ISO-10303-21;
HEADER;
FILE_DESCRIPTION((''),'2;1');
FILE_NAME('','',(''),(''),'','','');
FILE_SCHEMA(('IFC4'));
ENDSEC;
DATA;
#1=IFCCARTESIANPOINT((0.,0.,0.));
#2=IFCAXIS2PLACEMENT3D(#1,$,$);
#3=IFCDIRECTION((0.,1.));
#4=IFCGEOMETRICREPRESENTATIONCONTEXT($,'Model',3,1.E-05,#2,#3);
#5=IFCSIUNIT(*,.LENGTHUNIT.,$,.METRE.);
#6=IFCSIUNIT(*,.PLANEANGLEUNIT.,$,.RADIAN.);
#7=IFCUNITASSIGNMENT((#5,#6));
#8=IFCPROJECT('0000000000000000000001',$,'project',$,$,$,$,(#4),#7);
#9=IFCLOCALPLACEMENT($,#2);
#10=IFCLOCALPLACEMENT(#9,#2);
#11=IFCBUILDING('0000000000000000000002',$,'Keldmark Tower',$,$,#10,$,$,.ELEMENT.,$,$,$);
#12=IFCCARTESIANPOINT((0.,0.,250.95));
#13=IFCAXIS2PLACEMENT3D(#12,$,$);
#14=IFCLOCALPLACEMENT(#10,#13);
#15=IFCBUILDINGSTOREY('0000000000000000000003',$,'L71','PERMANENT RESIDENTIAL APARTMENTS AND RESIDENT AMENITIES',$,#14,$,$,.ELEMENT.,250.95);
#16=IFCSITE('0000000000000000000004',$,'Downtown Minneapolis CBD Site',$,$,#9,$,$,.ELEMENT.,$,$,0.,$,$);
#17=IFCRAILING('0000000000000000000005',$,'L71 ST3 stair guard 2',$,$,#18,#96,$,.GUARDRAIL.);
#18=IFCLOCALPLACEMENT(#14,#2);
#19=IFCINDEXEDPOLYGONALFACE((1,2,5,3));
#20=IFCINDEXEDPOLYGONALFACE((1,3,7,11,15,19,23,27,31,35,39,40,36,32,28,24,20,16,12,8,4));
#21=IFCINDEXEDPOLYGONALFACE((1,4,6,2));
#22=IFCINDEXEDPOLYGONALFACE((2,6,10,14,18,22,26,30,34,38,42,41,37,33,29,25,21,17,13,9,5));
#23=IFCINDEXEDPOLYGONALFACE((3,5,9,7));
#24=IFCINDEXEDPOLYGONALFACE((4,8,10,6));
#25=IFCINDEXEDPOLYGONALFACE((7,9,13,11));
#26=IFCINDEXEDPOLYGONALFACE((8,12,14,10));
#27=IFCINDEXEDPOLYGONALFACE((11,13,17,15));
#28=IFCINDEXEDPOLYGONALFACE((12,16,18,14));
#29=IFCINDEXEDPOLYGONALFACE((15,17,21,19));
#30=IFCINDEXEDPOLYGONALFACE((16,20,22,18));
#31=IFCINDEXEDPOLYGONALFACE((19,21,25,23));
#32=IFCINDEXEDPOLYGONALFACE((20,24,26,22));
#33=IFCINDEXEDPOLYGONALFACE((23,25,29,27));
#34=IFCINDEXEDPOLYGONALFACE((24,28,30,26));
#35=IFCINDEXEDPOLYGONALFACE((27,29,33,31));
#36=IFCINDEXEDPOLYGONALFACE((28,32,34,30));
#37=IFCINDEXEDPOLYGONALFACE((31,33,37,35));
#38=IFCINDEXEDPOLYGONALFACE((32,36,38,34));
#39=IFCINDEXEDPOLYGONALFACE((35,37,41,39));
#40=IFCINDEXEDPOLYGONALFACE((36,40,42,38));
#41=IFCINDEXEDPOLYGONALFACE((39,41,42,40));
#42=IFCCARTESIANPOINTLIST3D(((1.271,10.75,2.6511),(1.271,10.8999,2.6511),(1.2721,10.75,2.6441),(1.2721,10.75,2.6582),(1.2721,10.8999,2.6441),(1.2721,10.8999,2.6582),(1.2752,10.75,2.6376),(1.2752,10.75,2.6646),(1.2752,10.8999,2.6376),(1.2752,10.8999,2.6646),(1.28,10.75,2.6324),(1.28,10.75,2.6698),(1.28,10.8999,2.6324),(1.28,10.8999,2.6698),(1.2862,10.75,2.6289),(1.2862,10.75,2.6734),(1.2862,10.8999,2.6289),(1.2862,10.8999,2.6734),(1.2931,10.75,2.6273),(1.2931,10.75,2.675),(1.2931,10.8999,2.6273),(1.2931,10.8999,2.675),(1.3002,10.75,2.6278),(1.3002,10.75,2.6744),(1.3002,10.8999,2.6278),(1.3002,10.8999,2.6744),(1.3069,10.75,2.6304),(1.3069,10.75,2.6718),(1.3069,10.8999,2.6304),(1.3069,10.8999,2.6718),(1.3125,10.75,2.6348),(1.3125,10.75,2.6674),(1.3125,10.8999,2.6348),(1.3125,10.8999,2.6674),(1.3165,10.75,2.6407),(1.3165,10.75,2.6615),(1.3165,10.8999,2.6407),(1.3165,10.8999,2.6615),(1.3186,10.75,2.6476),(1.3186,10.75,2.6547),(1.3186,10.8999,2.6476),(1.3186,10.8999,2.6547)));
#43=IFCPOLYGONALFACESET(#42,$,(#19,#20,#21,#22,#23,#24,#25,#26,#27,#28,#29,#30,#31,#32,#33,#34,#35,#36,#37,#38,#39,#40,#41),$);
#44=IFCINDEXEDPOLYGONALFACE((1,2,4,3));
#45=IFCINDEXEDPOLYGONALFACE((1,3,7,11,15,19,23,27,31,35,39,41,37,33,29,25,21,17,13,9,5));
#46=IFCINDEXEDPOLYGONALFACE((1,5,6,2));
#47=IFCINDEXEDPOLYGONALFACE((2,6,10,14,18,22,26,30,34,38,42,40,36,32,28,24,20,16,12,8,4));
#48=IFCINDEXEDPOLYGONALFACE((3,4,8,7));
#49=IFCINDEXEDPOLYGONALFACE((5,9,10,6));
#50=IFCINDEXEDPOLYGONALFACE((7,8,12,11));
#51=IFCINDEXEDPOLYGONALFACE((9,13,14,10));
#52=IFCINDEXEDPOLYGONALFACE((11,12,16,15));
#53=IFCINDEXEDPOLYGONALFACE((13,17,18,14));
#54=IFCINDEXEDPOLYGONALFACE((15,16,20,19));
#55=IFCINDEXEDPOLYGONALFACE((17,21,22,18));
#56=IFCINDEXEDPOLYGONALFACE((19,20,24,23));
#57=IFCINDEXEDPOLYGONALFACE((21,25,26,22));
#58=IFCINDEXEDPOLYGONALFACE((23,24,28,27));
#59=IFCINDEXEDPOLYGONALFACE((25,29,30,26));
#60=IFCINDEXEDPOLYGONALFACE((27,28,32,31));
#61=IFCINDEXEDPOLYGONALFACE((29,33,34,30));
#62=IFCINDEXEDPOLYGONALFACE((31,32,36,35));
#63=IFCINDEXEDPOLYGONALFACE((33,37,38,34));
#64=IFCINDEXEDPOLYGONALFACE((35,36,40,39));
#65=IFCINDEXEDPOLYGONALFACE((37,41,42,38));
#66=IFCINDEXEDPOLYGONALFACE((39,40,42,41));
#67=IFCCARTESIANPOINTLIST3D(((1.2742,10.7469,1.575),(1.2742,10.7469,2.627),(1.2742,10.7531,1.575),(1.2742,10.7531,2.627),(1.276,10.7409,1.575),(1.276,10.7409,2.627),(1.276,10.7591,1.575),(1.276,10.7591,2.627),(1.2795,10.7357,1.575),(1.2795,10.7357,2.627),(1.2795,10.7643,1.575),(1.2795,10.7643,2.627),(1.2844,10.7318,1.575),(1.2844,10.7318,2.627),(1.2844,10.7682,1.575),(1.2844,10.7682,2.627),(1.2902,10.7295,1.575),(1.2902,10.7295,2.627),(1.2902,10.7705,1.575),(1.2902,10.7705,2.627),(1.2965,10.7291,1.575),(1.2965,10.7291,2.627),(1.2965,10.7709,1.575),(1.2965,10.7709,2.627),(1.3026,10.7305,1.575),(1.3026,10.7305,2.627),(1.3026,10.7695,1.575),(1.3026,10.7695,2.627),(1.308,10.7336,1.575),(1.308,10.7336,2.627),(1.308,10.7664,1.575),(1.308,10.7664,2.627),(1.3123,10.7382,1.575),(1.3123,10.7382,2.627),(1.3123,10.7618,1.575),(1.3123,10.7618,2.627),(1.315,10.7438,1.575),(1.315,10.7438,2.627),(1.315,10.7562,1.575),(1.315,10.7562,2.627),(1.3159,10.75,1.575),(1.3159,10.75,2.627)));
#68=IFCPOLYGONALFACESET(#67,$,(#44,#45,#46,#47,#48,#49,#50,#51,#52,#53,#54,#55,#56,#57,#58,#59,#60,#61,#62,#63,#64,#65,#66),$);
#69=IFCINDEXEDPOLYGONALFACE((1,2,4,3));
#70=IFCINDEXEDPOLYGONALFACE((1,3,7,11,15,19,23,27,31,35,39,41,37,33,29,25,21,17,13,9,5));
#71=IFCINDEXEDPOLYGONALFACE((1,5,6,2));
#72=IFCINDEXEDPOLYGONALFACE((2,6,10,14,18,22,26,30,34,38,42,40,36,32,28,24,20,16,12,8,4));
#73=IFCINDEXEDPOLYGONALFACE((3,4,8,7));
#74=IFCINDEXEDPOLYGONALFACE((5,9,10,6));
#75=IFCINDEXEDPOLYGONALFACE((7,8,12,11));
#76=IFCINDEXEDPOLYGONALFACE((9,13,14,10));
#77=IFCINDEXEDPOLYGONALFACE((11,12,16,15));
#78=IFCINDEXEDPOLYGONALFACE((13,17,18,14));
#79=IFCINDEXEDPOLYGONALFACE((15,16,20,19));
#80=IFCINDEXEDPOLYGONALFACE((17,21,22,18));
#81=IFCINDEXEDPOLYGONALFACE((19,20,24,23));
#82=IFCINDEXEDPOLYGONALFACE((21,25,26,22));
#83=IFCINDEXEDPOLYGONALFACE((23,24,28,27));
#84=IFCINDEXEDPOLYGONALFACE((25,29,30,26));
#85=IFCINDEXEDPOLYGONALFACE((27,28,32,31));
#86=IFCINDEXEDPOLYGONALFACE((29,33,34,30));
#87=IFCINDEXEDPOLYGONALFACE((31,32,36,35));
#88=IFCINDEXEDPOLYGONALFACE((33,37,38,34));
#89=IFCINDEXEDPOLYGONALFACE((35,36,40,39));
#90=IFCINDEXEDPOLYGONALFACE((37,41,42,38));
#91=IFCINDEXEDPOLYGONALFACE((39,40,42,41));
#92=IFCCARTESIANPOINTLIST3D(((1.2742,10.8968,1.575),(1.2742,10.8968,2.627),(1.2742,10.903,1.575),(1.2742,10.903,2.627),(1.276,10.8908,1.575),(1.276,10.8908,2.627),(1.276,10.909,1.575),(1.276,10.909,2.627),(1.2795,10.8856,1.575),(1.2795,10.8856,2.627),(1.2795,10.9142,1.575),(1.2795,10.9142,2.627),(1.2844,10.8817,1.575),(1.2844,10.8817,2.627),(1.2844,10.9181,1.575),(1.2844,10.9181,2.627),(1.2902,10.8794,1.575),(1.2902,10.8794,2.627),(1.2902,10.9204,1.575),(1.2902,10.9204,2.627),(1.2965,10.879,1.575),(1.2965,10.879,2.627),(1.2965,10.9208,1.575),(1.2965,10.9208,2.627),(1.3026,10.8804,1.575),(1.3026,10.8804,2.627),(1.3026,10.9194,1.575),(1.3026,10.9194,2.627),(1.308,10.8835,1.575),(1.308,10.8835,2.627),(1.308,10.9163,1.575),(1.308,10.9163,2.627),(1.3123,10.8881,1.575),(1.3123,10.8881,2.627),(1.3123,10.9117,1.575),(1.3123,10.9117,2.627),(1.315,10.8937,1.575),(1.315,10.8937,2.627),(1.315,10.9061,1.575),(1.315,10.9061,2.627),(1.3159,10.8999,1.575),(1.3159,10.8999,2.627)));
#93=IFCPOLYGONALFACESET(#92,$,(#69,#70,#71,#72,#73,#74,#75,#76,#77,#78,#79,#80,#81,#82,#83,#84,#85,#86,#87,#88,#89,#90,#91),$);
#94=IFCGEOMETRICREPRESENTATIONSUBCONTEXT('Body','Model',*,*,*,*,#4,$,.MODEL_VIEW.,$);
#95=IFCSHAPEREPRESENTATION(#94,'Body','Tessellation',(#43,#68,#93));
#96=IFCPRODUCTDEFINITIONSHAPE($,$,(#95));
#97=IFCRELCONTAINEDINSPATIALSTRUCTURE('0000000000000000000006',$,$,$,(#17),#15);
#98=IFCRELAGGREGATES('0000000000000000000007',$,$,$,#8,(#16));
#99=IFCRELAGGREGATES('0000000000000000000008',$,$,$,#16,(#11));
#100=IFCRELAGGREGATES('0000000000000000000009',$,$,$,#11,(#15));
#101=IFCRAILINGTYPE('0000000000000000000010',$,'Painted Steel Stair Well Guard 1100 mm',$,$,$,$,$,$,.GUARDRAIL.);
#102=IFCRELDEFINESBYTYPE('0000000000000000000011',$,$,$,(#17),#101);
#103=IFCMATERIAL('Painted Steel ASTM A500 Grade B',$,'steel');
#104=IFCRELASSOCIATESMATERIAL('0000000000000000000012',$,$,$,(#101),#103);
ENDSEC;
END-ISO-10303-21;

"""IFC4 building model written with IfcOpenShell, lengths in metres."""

from ifc_helpers import new_model, si_unit, direction, frame, origin, origin_2d, place, context, subcontext, project, spatial, circle, extrude, material, type_object, element, save


model = new_model("IFC4")

# Units and contexts
model_context = context("Model", 3, precision=1e-05, world=origin(), true_north=direction((0.0, 1.0)))
body_context = subcontext(model_context, "Body", "Model", "MODEL_VIEW")
ifc_project = project(units=[si_unit("LENGTHUNIT", "METRE"), si_unit("PLANEANGLEUNIT", "RADIAN")], contexts=[model_context])

# Site, building, storey
site_placement = place(None, origin())
site = spatial("IfcSite", under=ifc_project, at=site_placement, Name="Downtown Minneapolis CBD Site", CompositionType="ELEMENT", RefElevation=0.0)
building_placement = place(site_placement, origin())
building = spatial("IfcBuilding", under=site, at=building_placement, Name="Keldmark Tower", CompositionType="ELEMENT")
storey_placement = place(building_placement, frame((0.0, 0.0, 250.95)))
storey = spatial("IfcBuildingStorey", under=building, at=storey_placement, Name="L71", Description="PERMANENT RESIDENTIAL APARTMENTS AND RESIDENT AMENITIES", CompositionType="ELEMENT", Elevation=250.95)

# Railing
ifc_material_1 = material(Name="Painted Steel ASTM A500 Grade B", Category="steel")
railing_type_1 = type_object("IfcRailingType", Name="Painted Steel Stair Well Guard 1100 mm", PredefinedType="GUARDRAIL", material=ifc_material_1)
railing_1_placement = place(storey_placement, frame((1.2949, 10.75, 1.575)))
element("IfcRailing", 1, at=railing_1_placement, inside=storey, type_object=railing_type_1, Name="L71 ST3 stair guard 2", PredefinedType="GUARDRAIL", context=body_context, shape_type="SweptSolid", body=[
    extrude(circle(Radius=0.0239, at=origin_2d()), frame((0.0, 0.0, 1.0762), z_axis=(0.0, 1.0, 0.0), x_axis=(-1.0, 0.0, 0.0)), (0.0, 0.0, 1.0), 0.1499),
    extrude(circle(Radius=0.021, at=origin_2d()), origin(), (0.0, 0.0, 1.0), 1.052),
    extrude(circle(Radius=0.021, at=origin_2d()), frame((0.0, 0.1499, 0.0)), (0.0, 0.0, 1.0), 1.052),
])

save(model, "model.ifc")
